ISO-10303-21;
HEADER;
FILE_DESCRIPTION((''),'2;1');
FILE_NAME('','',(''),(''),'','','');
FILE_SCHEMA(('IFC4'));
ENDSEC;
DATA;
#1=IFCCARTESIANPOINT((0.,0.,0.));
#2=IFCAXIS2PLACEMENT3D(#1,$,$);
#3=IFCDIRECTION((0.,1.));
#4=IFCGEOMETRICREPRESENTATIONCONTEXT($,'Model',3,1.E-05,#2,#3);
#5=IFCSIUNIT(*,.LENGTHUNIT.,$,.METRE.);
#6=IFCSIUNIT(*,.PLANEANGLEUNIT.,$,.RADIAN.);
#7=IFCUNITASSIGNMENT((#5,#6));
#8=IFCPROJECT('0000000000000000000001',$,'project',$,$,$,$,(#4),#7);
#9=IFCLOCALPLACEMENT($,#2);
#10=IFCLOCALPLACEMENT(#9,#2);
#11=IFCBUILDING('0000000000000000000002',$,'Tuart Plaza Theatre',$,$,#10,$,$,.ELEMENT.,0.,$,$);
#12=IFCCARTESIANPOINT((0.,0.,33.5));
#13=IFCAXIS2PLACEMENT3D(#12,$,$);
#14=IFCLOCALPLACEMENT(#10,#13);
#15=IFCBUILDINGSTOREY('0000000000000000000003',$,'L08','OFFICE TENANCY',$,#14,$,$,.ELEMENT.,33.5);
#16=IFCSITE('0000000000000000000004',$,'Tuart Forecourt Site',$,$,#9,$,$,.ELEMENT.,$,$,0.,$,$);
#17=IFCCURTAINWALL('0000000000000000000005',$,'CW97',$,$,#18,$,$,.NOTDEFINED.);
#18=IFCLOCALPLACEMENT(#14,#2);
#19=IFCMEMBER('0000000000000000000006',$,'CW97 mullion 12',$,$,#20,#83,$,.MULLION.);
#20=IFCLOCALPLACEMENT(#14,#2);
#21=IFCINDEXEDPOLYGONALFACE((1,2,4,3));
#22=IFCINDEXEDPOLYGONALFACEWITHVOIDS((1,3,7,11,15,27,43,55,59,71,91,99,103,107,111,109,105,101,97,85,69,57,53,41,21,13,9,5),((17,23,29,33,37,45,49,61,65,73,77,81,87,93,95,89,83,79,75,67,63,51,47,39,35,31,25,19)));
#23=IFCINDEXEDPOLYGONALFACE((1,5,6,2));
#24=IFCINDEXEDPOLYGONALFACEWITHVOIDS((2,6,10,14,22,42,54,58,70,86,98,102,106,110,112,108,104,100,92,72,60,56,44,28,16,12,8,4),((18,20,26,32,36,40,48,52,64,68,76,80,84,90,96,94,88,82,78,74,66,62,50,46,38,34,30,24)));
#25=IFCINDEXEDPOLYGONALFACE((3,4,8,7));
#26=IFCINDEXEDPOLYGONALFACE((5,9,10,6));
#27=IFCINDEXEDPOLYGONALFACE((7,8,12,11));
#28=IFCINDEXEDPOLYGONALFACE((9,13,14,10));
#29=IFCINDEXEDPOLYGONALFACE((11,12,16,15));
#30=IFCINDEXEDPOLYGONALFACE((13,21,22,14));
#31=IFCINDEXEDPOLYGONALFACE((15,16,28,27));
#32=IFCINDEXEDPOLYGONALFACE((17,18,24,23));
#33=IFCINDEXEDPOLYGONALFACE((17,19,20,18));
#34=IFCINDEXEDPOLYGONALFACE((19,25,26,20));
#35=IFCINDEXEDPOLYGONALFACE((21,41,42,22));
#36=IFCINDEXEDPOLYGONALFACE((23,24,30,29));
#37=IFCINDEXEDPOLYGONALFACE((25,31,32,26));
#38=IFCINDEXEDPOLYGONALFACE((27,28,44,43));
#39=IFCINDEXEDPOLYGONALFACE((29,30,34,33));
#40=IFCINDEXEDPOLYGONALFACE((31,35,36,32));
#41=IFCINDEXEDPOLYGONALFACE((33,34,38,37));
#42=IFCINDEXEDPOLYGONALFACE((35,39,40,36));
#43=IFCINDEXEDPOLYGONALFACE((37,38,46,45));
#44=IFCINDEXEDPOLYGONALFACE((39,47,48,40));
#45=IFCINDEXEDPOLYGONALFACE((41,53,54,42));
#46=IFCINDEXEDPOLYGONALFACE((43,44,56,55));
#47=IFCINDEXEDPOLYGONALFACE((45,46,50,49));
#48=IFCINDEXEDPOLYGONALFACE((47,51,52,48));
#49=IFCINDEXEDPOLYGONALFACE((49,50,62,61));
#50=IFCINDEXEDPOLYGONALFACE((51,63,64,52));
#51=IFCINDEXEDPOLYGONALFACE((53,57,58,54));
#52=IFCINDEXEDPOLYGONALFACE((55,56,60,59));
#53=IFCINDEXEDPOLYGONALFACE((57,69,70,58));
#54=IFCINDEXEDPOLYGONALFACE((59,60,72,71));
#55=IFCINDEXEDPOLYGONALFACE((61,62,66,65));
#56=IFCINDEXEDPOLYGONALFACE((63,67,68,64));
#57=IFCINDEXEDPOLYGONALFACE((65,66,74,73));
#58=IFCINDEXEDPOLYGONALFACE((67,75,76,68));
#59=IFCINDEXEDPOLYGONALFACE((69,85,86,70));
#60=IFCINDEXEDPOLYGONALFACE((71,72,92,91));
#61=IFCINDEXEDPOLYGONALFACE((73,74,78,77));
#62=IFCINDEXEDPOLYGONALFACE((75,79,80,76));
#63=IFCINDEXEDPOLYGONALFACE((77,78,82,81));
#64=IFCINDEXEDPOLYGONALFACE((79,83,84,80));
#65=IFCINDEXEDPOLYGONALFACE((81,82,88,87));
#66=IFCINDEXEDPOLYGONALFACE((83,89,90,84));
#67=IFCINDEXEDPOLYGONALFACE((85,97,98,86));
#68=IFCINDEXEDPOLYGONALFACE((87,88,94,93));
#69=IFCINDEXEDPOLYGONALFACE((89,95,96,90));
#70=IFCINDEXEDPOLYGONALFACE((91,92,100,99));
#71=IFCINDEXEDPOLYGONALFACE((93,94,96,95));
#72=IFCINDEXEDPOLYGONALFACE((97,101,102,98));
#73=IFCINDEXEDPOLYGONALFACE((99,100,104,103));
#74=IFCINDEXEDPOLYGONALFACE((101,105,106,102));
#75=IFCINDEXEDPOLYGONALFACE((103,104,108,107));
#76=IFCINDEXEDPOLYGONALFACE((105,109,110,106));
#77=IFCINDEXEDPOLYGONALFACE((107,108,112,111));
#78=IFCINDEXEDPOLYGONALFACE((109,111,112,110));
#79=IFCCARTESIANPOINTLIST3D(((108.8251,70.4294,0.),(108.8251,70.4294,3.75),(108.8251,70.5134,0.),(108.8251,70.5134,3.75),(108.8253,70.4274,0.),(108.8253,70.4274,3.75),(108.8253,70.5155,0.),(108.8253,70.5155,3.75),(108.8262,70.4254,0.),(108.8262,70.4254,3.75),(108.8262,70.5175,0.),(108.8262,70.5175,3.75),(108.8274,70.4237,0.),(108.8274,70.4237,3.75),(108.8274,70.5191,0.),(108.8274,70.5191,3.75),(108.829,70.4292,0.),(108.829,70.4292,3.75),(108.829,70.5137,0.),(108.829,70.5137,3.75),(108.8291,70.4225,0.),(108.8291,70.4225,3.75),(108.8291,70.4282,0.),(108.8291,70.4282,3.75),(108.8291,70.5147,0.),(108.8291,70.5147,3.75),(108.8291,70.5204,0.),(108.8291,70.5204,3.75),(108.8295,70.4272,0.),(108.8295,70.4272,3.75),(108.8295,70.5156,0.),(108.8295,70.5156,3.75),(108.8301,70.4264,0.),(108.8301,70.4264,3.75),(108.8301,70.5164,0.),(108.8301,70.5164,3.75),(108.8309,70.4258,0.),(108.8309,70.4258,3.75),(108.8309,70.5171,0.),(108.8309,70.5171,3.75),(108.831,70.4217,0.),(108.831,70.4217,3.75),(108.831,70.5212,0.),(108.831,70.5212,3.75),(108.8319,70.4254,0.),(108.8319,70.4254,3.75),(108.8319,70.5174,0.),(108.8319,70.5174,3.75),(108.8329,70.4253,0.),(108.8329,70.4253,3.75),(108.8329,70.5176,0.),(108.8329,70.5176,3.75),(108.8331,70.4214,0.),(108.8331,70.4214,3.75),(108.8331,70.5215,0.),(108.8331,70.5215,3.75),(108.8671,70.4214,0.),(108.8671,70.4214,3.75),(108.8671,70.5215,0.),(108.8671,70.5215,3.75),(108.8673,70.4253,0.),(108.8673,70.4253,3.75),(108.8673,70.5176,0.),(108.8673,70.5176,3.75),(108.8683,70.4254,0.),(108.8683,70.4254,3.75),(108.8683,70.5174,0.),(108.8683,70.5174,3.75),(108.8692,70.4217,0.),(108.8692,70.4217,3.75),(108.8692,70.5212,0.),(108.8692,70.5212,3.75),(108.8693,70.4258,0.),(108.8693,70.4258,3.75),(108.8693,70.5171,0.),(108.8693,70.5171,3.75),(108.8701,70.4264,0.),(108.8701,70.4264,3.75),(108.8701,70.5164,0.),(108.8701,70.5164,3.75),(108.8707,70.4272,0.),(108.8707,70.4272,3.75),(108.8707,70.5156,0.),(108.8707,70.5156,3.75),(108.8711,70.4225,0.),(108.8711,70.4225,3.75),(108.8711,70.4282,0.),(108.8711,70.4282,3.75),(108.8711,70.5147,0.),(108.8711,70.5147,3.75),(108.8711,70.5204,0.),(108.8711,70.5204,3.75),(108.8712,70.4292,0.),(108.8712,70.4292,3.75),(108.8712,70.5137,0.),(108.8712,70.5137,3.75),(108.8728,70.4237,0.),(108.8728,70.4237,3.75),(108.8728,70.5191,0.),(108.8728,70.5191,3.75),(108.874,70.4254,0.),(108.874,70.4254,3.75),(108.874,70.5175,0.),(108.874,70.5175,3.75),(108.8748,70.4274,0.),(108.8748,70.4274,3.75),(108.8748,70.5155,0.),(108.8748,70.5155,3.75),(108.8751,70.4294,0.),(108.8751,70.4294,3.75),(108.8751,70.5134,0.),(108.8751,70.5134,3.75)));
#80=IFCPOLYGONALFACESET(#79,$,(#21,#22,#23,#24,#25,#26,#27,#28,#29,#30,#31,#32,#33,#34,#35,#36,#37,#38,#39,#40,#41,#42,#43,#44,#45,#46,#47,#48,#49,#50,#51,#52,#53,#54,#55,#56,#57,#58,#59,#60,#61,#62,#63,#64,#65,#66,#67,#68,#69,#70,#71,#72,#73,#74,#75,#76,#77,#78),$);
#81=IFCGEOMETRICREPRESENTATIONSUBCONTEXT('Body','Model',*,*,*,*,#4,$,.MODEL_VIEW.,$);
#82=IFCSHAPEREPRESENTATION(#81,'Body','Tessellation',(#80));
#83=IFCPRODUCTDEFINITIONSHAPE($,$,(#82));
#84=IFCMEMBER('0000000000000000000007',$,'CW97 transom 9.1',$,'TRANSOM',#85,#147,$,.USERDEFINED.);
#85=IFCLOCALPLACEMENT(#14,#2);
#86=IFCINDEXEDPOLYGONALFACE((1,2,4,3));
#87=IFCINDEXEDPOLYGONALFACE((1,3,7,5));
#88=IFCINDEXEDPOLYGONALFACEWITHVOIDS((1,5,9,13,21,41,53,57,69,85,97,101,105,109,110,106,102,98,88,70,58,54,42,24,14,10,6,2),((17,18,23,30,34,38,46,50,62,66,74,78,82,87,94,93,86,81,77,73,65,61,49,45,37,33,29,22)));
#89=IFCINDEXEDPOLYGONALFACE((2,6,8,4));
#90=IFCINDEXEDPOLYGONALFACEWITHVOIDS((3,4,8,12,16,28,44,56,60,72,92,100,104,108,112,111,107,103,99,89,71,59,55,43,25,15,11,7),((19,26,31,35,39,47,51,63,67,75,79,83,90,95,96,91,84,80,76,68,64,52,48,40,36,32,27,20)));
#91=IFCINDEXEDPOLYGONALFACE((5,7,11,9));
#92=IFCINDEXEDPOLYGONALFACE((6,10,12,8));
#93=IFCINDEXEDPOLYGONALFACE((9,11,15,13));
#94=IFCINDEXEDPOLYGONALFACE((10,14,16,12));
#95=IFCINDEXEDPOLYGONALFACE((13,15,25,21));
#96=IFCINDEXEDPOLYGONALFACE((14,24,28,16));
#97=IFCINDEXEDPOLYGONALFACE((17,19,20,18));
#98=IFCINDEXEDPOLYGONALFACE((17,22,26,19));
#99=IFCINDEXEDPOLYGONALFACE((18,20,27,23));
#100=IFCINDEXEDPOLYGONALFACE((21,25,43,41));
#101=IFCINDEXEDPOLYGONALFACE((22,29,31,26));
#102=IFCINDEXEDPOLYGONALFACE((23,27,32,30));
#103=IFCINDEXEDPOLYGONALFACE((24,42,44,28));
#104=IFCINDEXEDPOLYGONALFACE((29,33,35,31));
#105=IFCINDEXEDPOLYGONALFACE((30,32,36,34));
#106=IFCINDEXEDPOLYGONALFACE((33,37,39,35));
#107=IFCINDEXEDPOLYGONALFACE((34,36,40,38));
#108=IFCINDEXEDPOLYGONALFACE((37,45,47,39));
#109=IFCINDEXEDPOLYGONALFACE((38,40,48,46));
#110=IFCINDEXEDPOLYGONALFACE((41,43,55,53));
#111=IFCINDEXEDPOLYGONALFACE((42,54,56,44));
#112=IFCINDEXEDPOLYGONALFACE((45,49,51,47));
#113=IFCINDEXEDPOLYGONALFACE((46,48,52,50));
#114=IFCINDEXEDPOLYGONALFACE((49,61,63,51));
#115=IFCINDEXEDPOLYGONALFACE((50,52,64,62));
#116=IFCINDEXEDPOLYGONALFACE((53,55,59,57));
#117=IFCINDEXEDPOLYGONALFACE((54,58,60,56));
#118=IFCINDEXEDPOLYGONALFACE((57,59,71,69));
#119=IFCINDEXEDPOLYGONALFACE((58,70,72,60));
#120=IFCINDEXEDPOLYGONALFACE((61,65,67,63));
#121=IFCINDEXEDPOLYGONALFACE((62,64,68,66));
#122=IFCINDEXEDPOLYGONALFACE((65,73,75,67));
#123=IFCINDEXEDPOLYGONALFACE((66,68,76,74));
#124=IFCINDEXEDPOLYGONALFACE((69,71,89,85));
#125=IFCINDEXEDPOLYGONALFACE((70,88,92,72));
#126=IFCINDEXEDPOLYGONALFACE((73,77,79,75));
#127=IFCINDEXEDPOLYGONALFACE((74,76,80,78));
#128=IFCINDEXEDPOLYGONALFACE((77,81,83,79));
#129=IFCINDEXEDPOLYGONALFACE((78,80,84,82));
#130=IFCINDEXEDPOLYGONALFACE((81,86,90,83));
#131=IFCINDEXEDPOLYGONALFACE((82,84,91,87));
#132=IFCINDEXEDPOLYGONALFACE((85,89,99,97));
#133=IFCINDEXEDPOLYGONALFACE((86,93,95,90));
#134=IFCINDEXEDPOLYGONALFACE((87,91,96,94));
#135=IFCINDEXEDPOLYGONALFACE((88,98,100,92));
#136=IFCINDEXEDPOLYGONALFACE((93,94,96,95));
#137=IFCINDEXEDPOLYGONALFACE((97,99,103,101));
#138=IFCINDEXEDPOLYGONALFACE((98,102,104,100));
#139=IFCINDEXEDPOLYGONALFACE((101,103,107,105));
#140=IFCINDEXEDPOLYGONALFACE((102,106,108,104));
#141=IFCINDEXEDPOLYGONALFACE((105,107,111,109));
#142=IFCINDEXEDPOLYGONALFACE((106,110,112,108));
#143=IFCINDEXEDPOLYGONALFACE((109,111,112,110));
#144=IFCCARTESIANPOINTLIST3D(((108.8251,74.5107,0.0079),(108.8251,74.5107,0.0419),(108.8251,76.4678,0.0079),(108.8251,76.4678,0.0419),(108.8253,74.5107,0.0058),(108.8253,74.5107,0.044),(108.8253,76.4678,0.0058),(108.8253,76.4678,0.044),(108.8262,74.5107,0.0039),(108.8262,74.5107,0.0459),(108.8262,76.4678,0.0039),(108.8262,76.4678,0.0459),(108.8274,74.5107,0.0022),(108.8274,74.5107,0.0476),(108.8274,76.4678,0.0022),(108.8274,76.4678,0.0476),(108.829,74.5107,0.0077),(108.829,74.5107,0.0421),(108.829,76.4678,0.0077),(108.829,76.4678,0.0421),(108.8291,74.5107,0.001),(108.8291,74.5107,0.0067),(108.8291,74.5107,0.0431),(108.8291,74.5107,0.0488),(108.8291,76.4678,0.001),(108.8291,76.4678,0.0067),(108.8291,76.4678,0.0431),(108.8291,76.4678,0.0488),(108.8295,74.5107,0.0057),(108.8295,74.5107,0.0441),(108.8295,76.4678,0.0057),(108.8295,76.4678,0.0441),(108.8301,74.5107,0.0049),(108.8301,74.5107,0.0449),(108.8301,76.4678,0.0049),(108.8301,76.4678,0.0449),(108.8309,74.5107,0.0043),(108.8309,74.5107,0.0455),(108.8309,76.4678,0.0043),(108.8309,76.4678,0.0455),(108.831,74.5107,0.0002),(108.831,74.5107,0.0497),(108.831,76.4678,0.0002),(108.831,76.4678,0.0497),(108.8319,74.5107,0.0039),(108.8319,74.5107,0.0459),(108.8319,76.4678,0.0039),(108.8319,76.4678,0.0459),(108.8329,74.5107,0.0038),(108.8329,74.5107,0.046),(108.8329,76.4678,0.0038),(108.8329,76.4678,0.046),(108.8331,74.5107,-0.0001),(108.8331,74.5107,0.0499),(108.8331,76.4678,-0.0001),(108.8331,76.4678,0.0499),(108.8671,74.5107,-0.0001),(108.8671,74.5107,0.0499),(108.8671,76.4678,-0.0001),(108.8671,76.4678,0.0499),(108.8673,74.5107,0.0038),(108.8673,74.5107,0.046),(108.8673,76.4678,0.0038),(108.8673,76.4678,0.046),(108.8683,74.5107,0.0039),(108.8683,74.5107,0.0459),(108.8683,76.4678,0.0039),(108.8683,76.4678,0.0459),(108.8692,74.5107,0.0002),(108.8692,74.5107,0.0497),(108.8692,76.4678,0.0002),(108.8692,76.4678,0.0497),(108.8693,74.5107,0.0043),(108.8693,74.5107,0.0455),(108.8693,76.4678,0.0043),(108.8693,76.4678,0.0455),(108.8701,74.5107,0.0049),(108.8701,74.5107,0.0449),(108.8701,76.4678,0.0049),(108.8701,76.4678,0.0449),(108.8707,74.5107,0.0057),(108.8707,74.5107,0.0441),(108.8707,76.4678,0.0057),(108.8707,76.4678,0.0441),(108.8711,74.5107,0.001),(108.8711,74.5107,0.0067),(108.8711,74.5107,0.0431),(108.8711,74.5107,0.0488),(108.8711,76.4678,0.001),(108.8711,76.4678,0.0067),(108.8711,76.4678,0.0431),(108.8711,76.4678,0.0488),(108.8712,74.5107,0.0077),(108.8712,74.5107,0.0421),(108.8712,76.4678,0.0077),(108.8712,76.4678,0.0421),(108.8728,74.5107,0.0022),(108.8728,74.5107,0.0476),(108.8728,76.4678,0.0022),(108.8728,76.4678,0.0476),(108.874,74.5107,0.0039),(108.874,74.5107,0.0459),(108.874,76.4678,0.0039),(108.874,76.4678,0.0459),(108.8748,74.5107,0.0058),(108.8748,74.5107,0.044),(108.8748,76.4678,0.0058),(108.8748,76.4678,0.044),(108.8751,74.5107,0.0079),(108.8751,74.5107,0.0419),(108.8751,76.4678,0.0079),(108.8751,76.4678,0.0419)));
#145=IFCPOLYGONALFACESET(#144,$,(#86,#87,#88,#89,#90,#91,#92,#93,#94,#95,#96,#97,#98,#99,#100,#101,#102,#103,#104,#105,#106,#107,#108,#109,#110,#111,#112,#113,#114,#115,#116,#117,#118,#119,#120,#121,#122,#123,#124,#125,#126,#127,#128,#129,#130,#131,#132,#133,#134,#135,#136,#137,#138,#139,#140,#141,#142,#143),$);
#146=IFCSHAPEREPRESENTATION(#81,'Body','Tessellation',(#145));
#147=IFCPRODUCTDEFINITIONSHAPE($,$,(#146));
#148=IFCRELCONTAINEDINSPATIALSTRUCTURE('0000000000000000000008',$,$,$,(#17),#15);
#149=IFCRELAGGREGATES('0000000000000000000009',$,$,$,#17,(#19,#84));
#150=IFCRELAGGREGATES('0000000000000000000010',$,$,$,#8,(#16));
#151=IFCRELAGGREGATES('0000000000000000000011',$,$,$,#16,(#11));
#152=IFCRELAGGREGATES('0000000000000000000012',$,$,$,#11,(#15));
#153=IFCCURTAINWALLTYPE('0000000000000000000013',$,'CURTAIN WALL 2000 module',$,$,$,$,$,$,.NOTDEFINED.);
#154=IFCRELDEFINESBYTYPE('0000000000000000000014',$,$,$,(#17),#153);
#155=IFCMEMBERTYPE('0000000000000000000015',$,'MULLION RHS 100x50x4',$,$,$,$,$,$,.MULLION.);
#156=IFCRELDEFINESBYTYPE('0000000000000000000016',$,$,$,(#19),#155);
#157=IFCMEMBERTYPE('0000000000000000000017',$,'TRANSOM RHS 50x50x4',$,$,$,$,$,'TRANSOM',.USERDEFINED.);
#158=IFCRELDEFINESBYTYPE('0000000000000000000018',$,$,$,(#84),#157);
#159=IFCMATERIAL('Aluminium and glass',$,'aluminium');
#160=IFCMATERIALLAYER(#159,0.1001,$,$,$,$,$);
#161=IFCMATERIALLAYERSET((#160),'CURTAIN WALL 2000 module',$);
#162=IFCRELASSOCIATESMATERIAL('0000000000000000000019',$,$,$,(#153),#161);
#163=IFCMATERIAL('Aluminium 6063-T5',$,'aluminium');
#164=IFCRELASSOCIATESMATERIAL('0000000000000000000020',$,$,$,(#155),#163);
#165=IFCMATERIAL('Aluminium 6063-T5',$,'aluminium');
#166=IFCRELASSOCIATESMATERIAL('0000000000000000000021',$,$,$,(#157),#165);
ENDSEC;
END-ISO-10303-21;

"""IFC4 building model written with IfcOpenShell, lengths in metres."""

from ifc_helpers import new_model, si_unit, direction, frame, origin, origin_2d, place, context, subcontext, project, spatial, hollow_rectangle, extrude, material, layer, layer_set, material_profile, profile_set, type_object, element, aggregate, save


model = new_model("IFC4")

# Units and contexts
model_context = context("Model", 3, precision=1e-05, world=origin(), true_north=direction((0.0, 1.0)))
body_context = subcontext(model_context, "Body", "Model", "MODEL_VIEW")
ifc_project = project(units=[si_unit("LENGTHUNIT", "METRE"), si_unit("PLANEANGLEUNIT", "RADIAN")], contexts=[model_context])

# Site, building, storey
site_placement = place(None, origin())
site = spatial("IfcSite", under=ifc_project, at=site_placement, Name="Tuart Forecourt Site", CompositionType="ELEMENT", RefElevation=0.0)
building_placement = place(site_placement, origin())
building = spatial("IfcBuilding", under=site, at=building_placement, Name="Tuart Plaza Theatre", CompositionType="ELEMENT", ElevationOfRefHeight=0.0)
storey_placement = place(building_placement, frame((0.0, 0.0, 33.5)))
storey = spatial("IfcBuildingStorey", under=building, at=storey_placement, Name="L08", Description="OFFICE TENANCY", CompositionType="ELEMENT", Elevation=33.5)

# Curtain wall, members
ifc_material_1 = material(Name="Aluminium and glass", Category="aluminium")
ifc_layer_1 = layer(ifc_material_1, 0.1001)
ifc_layer_set_1 = layer_set([ifc_layer_1], Name="CURTAIN WALL 2000 module")
curtain_wall_type = type_object("IfcCurtainWallType", Name="CURTAIN WALL 2000 module", PredefinedType="NOTDEFINED", material=ifc_layer_set_1)
curtain_wall_placement = place(storey_placement, origin())
curtain_wall = element("IfcCurtainWall", 1, at=curtain_wall_placement, inside=storey, type_object=curtain_wall_type, Name="CW97", PredefinedType="NOTDEFINED")
ifc_material_2 = material(Name="Aluminium 6063-T5", Category="aluminium")
ifc_material_profile_1 = material_profile(ifc_material_2, hollow_rectangle(XDim=0.05, YDim=0.1001, WallThickness=0.0039, InnerFilletRadius=0.0039, OuterFilletRadius=0.0081, at=origin_2d()), Name="RHS 100x50x4")
ifc_profile_set_1 = profile_set([ifc_material_profile_1], Name="Aluminium 6063-T5")
member_type_1 = type_object("IfcMemberType", Name="MULLION RHS 100x50x4", PredefinedType="MULLION", material=ifc_profile_set_1)
member_1_placement = place(storey_placement, frame((108.8501, 70.4714, 0.0), z_axis=(0.0, 0.0, 1.0), x_axis=(1.0, 0.0, 0.0)))
member_1 = element("IfcMember", 2, at=member_1_placement, type_object=member_type_1, Name="CW97 mullion 12", PredefinedType="MULLION", context=body_context, shape_type="SweptSolid", body=[
    extrude(hollow_rectangle(XDim=0.05, YDim=0.1001, WallThickness=0.0039, InnerFilletRadius=0.0039, OuterFilletRadius=0.0081, at=origin_2d()), origin(), (0.0, 0.0, 1.0), 3.75),
])
ifc_material_3 = material(Name="Aluminium 6063-T5", Category="aluminium")
ifc_material_profile_2 = material_profile(ifc_material_3, hollow_rectangle(XDim=0.05, YDim=0.05, WallThickness=0.0039, InnerFilletRadius=0.0039, OuterFilletRadius=0.0081, at=origin_2d()), Name="RHS 50x50x4")
ifc_profile_set_2 = profile_set([ifc_material_profile_2], Name="Aluminium 6063-T5")
member_type_2 = type_object("IfcMemberType", Name="TRANSOM RHS 50x50x4", ElementType="TRANSOM", PredefinedType="USERDEFINED", material=ifc_profile_set_2)
member_2_placement = place(storey_placement, frame((108.8501, 76.4678, 0.0249), z_axis=(0.0, -1.0, 0.0), x_axis=(1.0, 0.0, 0.0)))
member_2 = element("IfcMember", 3, at=member_2_placement, type_object=member_type_2, Name="CW97 transom 9.1", ObjectType="TRANSOM", PredefinedType="USERDEFINED", context=body_context, shape_type="SweptSolid", body=[
    extrude(hollow_rectangle(XDim=0.05, YDim=0.05, WallThickness=0.0039, InnerFilletRadius=0.0039, OuterFilletRadius=0.0081, at=origin_2d()), origin(), (0.0, 0.0, 1.0), 1.957),
])
aggregate(curtain_wall, [member_1, member_2])

save(model, "model.ifc")
